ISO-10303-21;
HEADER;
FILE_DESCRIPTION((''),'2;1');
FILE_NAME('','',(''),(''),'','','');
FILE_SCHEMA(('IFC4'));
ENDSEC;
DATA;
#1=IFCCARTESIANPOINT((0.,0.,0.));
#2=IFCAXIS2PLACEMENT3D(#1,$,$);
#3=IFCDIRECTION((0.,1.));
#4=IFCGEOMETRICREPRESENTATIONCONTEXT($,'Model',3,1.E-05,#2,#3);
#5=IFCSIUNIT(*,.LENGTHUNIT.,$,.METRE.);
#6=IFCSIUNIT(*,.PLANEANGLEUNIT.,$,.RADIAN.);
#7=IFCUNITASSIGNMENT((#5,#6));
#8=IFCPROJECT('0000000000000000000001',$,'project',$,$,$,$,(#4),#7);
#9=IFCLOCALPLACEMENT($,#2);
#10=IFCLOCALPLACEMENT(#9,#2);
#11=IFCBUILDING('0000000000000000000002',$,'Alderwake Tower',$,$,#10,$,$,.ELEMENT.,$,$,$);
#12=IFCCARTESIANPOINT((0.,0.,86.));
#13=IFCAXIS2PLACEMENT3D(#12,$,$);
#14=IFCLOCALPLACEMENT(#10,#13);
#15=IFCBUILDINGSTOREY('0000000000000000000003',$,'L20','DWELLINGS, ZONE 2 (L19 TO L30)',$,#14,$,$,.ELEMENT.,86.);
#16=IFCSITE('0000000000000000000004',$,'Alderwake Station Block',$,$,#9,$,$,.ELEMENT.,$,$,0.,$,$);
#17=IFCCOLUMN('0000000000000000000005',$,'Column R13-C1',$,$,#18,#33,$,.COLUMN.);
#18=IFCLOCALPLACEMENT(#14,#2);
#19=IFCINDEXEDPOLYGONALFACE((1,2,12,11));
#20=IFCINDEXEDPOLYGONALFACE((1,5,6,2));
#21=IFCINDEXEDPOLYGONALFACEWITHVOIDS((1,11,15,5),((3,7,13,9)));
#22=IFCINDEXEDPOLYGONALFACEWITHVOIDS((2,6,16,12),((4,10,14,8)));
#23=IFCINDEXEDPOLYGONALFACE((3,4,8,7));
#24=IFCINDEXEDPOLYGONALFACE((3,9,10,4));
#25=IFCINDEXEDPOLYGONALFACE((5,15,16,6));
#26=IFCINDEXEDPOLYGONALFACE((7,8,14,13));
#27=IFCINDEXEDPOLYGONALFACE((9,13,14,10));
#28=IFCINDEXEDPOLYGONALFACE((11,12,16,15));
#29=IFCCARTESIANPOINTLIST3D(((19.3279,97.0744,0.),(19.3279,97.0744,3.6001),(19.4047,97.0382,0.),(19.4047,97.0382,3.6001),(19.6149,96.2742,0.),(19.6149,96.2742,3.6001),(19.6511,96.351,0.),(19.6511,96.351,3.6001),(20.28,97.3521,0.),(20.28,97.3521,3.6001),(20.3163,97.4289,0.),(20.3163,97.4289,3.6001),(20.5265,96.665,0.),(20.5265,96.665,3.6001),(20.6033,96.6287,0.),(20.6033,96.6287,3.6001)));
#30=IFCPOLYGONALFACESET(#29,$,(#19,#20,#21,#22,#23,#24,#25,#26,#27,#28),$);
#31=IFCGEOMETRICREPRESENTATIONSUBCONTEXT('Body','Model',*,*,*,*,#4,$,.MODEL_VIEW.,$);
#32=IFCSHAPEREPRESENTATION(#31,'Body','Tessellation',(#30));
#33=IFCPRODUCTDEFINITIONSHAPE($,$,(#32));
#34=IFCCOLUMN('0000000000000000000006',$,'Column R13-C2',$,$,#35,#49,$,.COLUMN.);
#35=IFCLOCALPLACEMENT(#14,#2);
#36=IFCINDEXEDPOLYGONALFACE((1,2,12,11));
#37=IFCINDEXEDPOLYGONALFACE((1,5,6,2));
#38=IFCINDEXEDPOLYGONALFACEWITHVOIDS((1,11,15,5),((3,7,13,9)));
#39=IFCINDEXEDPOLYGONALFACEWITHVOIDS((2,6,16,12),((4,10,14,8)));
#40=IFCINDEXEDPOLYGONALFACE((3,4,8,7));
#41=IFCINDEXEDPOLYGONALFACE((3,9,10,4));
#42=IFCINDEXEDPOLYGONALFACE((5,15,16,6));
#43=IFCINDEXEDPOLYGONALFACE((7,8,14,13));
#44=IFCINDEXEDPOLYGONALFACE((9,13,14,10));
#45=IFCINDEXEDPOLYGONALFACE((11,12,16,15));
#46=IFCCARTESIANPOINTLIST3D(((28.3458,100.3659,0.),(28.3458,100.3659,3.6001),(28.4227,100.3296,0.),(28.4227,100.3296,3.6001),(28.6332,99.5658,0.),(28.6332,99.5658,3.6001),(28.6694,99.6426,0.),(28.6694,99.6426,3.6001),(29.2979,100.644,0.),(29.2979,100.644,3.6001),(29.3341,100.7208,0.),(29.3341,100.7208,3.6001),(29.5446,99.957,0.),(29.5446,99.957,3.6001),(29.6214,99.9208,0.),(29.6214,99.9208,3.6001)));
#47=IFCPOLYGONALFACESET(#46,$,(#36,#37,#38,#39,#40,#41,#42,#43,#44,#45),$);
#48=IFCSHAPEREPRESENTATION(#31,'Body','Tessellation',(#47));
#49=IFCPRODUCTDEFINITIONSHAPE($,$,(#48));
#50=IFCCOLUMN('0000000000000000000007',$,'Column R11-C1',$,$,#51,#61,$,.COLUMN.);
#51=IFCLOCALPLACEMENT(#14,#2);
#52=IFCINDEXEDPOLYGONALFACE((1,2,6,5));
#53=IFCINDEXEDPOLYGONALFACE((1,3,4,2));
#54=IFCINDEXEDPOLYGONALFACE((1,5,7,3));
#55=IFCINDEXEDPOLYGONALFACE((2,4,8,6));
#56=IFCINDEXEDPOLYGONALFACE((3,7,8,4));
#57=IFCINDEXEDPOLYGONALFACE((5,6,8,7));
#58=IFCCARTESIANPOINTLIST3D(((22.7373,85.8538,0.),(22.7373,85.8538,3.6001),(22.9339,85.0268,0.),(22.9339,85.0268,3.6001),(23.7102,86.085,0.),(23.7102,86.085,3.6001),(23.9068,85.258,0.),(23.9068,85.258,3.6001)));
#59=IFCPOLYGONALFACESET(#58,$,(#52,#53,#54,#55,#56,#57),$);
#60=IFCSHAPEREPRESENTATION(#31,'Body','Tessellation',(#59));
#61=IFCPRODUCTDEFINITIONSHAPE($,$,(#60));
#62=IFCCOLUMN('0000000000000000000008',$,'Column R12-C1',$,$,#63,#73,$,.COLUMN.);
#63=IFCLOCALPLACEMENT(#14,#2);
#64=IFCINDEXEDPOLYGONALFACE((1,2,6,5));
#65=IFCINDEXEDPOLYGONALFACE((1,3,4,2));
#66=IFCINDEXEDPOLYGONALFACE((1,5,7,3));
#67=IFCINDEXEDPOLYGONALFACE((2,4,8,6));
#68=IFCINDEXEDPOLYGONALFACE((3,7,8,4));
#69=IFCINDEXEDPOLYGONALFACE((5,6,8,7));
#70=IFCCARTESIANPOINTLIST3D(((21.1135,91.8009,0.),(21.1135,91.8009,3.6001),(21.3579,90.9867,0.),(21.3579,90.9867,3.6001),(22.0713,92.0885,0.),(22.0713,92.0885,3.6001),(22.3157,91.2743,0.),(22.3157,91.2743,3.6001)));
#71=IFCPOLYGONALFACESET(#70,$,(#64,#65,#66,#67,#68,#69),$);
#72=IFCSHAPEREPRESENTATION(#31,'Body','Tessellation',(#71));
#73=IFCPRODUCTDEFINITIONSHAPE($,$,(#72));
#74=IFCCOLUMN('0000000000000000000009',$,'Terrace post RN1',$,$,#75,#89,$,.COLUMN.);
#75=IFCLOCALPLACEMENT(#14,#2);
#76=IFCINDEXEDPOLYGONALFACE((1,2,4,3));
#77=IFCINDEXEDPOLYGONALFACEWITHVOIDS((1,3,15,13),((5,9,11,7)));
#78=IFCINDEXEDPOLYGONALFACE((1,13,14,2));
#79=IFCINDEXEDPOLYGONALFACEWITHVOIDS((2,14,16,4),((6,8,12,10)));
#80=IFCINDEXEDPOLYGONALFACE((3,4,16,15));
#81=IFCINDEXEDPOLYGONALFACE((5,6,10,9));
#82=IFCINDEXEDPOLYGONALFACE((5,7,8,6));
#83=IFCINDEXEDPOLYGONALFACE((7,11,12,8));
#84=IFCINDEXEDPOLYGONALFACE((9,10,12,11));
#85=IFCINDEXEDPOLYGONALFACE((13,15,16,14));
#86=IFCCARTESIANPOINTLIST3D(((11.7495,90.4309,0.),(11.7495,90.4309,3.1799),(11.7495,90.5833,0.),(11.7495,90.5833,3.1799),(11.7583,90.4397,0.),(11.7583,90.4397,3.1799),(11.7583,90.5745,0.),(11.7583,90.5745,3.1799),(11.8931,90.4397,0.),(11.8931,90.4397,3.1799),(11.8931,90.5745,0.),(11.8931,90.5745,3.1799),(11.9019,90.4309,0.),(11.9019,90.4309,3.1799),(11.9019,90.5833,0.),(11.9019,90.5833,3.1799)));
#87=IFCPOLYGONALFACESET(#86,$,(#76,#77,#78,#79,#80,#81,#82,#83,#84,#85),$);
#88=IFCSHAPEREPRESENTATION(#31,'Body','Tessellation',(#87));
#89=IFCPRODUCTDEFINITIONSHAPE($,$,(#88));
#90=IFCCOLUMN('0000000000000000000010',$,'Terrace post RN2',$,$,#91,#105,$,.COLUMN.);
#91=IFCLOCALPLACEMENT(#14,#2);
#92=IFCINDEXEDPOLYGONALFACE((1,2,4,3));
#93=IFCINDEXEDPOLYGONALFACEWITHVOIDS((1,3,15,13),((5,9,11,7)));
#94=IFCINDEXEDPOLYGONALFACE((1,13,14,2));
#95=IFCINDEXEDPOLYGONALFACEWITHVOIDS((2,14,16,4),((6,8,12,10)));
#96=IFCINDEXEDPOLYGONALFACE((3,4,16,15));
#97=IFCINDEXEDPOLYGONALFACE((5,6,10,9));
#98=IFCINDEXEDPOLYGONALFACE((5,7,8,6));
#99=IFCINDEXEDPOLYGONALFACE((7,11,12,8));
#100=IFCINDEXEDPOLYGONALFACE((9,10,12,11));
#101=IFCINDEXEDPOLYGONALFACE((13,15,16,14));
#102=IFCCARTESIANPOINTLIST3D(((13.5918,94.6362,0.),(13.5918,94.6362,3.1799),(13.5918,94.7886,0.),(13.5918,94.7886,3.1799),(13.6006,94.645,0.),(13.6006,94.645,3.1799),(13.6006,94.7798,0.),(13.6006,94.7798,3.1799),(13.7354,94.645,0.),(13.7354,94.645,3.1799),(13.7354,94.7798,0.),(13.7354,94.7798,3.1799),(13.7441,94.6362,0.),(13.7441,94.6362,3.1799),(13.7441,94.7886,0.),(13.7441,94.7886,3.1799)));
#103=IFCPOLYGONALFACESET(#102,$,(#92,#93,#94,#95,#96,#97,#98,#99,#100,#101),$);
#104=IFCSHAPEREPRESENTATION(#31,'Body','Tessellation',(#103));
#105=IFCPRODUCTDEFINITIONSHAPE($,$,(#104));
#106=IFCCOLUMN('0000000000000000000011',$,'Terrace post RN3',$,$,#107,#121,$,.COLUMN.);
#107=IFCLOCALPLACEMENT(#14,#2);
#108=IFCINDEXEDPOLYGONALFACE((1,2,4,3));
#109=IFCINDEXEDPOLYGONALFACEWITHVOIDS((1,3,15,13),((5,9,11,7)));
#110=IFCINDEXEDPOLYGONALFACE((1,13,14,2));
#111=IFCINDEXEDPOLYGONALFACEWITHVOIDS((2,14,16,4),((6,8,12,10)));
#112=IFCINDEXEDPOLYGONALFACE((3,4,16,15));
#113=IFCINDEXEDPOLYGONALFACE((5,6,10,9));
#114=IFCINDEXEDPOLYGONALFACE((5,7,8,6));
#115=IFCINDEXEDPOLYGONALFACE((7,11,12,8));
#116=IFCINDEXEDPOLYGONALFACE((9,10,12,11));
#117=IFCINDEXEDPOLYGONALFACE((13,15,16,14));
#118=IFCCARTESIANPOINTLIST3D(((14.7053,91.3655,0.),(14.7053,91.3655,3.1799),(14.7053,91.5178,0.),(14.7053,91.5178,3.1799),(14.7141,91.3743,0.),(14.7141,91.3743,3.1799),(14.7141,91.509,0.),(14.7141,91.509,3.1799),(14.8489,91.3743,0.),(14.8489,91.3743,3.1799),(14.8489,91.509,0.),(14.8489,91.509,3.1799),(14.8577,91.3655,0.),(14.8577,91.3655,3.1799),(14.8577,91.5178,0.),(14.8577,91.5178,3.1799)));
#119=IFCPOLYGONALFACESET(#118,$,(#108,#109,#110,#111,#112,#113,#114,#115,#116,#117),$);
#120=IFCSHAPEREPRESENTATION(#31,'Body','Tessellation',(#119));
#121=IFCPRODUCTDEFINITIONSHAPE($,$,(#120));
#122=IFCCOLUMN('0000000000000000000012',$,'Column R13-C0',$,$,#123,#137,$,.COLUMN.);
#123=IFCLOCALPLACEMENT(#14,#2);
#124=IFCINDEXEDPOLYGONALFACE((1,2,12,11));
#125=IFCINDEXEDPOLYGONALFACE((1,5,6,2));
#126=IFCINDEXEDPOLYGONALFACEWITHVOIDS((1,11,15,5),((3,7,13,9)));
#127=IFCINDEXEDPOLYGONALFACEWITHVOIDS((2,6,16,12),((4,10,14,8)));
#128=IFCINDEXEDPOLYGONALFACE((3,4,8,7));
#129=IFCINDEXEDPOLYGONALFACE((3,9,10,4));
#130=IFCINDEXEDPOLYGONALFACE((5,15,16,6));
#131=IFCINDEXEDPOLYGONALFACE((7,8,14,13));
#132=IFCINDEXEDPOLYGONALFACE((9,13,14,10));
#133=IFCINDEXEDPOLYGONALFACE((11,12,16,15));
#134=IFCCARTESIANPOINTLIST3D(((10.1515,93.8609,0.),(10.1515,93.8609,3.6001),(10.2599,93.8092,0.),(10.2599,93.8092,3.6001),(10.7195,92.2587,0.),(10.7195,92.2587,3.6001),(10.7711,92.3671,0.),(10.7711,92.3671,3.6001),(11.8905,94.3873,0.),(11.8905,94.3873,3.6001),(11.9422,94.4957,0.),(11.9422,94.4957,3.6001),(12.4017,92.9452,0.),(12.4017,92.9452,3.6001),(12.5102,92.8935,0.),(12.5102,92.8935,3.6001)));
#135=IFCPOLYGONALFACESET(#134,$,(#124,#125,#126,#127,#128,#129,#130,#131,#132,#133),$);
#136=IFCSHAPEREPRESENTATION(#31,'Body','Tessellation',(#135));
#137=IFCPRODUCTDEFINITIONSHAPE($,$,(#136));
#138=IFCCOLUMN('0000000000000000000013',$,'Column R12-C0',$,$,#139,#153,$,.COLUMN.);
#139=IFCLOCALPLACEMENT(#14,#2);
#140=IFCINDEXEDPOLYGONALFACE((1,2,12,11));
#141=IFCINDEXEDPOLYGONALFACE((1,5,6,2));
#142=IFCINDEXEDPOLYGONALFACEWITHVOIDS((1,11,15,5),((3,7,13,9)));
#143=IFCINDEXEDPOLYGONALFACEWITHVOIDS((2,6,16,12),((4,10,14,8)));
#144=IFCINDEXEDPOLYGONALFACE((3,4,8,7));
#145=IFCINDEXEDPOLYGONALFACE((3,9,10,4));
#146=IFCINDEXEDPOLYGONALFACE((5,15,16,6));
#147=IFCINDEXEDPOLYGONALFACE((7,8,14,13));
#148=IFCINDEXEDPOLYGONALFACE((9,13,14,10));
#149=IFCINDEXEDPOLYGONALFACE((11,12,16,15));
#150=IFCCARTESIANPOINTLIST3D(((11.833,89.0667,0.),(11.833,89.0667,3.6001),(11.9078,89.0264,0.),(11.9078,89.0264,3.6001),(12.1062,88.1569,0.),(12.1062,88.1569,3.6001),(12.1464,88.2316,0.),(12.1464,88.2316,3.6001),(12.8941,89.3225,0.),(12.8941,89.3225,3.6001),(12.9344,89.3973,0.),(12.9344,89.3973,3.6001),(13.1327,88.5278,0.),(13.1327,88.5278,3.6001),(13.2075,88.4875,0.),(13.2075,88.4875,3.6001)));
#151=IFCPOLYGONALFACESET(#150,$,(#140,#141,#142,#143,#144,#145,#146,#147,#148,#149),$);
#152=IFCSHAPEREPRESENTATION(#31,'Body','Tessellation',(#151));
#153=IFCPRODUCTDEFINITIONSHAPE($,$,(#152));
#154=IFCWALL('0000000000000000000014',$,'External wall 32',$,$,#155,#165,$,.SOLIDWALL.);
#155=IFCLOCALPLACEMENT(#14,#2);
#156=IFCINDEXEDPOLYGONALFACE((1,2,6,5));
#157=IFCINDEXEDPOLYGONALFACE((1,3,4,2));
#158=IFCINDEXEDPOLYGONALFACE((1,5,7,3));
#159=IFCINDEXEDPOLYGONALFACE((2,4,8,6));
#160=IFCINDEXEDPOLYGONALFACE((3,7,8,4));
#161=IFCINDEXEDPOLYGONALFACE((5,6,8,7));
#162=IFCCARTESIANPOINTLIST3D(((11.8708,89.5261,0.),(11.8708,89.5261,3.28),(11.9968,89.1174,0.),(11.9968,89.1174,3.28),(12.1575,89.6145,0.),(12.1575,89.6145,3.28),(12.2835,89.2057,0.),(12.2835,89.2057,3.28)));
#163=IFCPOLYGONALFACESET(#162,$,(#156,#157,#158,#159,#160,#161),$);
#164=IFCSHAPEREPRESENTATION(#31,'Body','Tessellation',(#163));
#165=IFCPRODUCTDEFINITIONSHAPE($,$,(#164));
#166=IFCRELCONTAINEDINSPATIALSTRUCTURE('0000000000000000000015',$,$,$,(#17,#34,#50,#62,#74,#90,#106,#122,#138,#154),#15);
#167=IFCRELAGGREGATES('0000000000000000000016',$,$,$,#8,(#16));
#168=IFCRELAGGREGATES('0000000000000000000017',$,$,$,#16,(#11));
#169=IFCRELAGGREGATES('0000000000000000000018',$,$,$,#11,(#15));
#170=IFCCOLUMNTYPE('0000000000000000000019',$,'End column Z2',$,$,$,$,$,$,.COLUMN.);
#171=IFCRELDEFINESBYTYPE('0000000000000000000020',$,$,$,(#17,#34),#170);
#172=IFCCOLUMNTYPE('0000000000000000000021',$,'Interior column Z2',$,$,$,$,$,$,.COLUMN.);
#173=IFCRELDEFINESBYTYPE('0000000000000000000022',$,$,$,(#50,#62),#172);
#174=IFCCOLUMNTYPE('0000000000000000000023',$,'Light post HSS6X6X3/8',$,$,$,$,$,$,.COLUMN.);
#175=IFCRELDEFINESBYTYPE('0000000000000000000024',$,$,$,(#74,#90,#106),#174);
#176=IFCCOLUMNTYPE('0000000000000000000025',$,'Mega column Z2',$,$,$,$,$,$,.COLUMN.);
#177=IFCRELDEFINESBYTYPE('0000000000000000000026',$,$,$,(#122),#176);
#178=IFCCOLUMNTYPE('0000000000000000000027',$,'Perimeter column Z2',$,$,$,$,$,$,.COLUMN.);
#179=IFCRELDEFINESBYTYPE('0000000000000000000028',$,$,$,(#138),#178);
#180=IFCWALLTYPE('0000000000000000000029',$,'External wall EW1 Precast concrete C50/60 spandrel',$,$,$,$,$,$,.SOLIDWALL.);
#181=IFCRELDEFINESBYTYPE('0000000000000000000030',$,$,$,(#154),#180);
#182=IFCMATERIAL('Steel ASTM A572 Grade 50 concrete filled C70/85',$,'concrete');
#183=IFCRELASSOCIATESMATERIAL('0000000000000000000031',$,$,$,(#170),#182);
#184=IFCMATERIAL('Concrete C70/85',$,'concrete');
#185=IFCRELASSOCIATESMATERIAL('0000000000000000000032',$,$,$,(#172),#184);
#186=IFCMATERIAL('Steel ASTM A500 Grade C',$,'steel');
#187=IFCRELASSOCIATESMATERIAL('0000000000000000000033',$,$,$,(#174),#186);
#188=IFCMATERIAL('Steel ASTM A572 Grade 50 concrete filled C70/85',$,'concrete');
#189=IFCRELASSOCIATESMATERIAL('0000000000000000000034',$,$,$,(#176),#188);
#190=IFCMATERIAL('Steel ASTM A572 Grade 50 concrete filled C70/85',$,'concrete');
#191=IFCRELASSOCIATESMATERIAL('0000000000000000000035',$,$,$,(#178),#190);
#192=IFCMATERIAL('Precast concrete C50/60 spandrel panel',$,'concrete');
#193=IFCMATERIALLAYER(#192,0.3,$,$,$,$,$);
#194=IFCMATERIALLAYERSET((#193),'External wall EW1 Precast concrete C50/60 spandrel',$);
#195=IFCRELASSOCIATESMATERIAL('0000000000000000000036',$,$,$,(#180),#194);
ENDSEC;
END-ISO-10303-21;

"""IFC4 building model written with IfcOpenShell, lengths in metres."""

from ifc_helpers import new_model, si_unit, direction, frame, frame_2d, origin, origin_2d, place, context, subcontext, project, spatial, rectangle, hollow_rectangle, extrude, material, layer, layer_set, material_profile, profile_set, type_object, element, save


model = new_model("IFC4")

# Units and contexts
model_context = context("Model", 3, precision=1e-05, world=origin(), true_north=direction((0.0, 1.0)))
body_context = subcontext(model_context, "Body", "Model", "MODEL_VIEW")
ifc_project = project(units=[si_unit("LENGTHUNIT", "METRE"), si_unit("PLANEANGLEUNIT", "RADIAN")], contexts=[model_context])

# Site, building, storey
site_placement = place(None, origin())
site = spatial("IfcSite", under=ifc_project, at=site_placement, Name="Alderwake Station Block", CompositionType="ELEMENT", RefElevation=0.0)
building_placement = place(site_placement, origin())
building = spatial("IfcBuilding", under=site, at=building_placement, Name="Alderwake Tower", CompositionType="ELEMENT")
storey_placement = place(building_placement, frame((0.0, 0.0, 86.0)))
storey = spatial("IfcBuildingStorey", under=building, at=storey_placement, Name="L20", Description="DWELLINGS, ZONE 2 (L19 TO L30)", CompositionType="ELEMENT", Elevation=86.0)

# Columns
ifc_material_1 = material(Name="Steel ASTM A572 Grade 50 concrete filled C70/85", Category="concrete")
ifc_material_profile_1 = material_profile(ifc_material_1, hollow_rectangle(XDim=0.8501, YDim=1.05, WallThickness=0.0601, at=origin_2d()), Name="BOX 1050X850X60")
ifc_profile_set_1 = profile_set([ifc_material_profile_1], Name="Steel ASTM A572 Grade 50 concrete filled C70/85")
column_type_1 = type_object("IfcColumnType", Name="End column Z2", PredefinedType="COLUMN", material=ifc_profile_set_1)
for number, where, z_axis, x_axis, name in (
    (1, (19.9656, 96.8516, 0.0), (0.0, 0.0, 1.0), (-0.337585, 0.941295, 0.0), "Column R13-C1"),
    (2, (28.9836, 100.1433, 0.0), (0.0, 0.0, 1.0), (-0.338027, 0.941136, 0.0), "Column R13-C2"),
):
    element("IfcColumn", number, at=place(storey_placement, frame(where, z_axis=z_axis, x_axis=x_axis)), inside=storey, type_object=column_type_1, Name=name, PredefinedType="COLUMN", context=body_context, shape_type="SweptSolid", body=[
        extrude(hollow_rectangle(XDim=0.8501, YDim=1.05, WallThickness=0.0601, at=origin_2d()), origin(), (0.0, 0.0, 1.0), 3.6001),
    ])
ifc_material_2 = material(Name="Concrete C70/85", Category="concrete")
ifc_material_profile_2 = material_profile(ifc_material_2, rectangle(XDim=0.8501, YDim=1.0, at=origin_2d()), Name="RC 1000X850")
ifc_profile_set_2 = profile_set([ifc_material_profile_2], Name="Concrete C70/85")
column_type_2 = type_object("IfcColumnType", Name="Interior column Z2", PredefinedType="COLUMN", material=ifc_profile_set_2)
for number, where, z_axis, x_axis, name in (
    (3, (23.322, 85.5559, 0.0), (0.0, 0.0, 1.0), (-0.231222, 0.972901, 0.0), "Column R11-C1"),
    (4, (21.7146, 91.5376, 0.0), (0.0, 0.0, 1.0), (-0.287549, 0.957766, 0.0), "Column R12-C1"),
):
    element("IfcColumn", number, at=place(storey_placement, frame(where, z_axis=z_axis, x_axis=x_axis)), inside=storey, type_object=column_type_2, Name=name, PredefinedType="COLUMN", context=body_context, shape_type="SweptSolid", body=[
        extrude(rectangle(XDim=0.8501, YDim=1.0, at=origin_2d()), origin(), (0.0, 0.0, 1.0), 3.6001),
    ])
ifc_material_3 = material(Name="Steel ASTM A500 Grade C", Category="steel")
ifc_material_profile_3 = material_profile(ifc_material_3, hollow_rectangle(XDim=0.1523, YDim=0.1523, WallThickness=0.0088, at=origin_2d()), Name="HSS6X6X3/8")
ifc_profile_set_3 = profile_set([ifc_material_profile_3], Name="Steel ASTM A500 Grade C")
column_type_3 = type_object("IfcColumnType", Name="Light post HSS6X6X3/8", PredefinedType="COLUMN", material=ifc_profile_set_3)
for number, where, z_axis, x_axis, name in (
    (5, (11.8257, 90.5071, 0.0), (0.0, 0.0, 1.0), (1.0, 0.0, 0.0), "Terrace post RN1"),
    (6, (13.668, 94.7124, 0.0), (0.0, 0.0, 1.0), (1.0, 0.0, 0.0), "Terrace post RN2"),
    (7, (14.7815, 91.4417, 0.0), (0.0, 0.0, 1.0), (1.0, 0.0, 0.0), "Terrace post RN3"),
):
    element("IfcColumn", number, at=place(storey_placement, frame(where, z_axis=z_axis, x_axis=x_axis)), inside=storey, type_object=column_type_3, Name=name, PredefinedType="COLUMN", context=body_context, shape_type="SweptSolid", body=[
        extrude(hollow_rectangle(XDim=0.1523, YDim=0.1523, WallThickness=0.0088, at=origin_2d()), origin(), (0.0, 0.0, 1.0), 3.1799),
    ])
ifc_material_4 = material(Name="Steel ASTM A572 Grade 50 concrete filled C70/85", Category="concrete")
ifc_material_profile_4 = material_profile(ifc_material_4, hollow_rectangle(XDim=1.7, YDim=1.8999, WallThickness=0.085, at=origin_2d()), Name="BOX 1900X1700X85")
ifc_profile_set_4 = profile_set([ifc_material_profile_4], Name="Steel ASTM A572 Grade 50 concrete filled C70/85")
column_type_4 = type_object("IfcColumnType", Name="Mega column Z2", PredefinedType="COLUMN", material=ifc_profile_set_4)
column_1_placement = place(storey_placement, frame((11.3308, 93.3772, 0.0), z_axis=(0.0, 0.0, 1.0), x_axis=(-0.334131, 0.942527, 0.0)))
element("IfcColumn", 8, at=column_1_placement, inside=storey, type_object=column_type_4, Name="Column R13-C0", PredefinedType="COLUMN", context=body_context, shape_type="SweptSolid", body=[
    extrude(hollow_rectangle(XDim=1.7, YDim=1.8999, WallThickness=0.085, at=origin_2d()), origin(), (0.0, 0.0, 1.0), 3.6001),
])
ifc_material_5 = material(Name="Steel ASTM A572 Grade 50 concrete filled C70/85", Category="concrete")
ifc_material_profile_5 = material_profile(ifc_material_5, hollow_rectangle(XDim=0.95, YDim=1.1499, WallThickness=0.0601, at=origin_2d()), Name="BOX 1150X950X60")
ifc_profile_set_5 = profile_set([ifc_material_profile_5], Name="Steel ASTM A572 Grade 50 concrete filled C70/85")
column_type_5 = type_object("IfcColumnType", Name="Perimeter column Z2", PredefinedType="COLUMN", material=ifc_profile_set_5)
column_2_placement = place(storey_placement, frame((12.5203, 88.7771, 0.0), z_axis=(0.0, 0.0, 1.0), x_axis=(-0.287549, 0.957766, 0.0)))
element("IfcColumn", 9, at=column_2_placement, inside=storey, type_object=column_type_5, Name="Column R12-C0", PredefinedType="COLUMN", context=body_context, shape_type="SweptSolid", body=[
    extrude(hollow_rectangle(XDim=0.95, YDim=1.1499, WallThickness=0.0601, at=origin_2d()), origin(), (0.0, 0.0, 1.0), 3.6001),
])

# Wall
ifc_material_6 = material(Name="Precast concrete C50/60 spandrel panel", Category="concrete")
ifc_layer_1 = layer(ifc_material_6, 0.3)
ifc_layer_set_1 = layer_set([ifc_layer_1], Name="External wall EW1 Precast concrete C50/60 spandrel")
wall_type_1 = type_object("IfcWallType", Name="External wall EW1 Precast concrete C50/60 spandrel", PredefinedType="SOLIDWALL", material=ifc_layer_set_1)
wall_1_placement = place(storey_placement, frame((12.0142, 89.5703, 0.0), z_axis=(0.0, 0.0, 1.0), x_axis=(0.294567, -0.955631, 0.0)))
element("IfcWall", 10, at=wall_1_placement, inside=storey, type_object=wall_type_1, Name="External wall 32", PredefinedType="SOLIDWALL", context=body_context, shape_type="SweptSolid", body=[
    extrude(rectangle(XDim=0.4277, YDim=0.3, at=frame_2d((0.2139, 0.0))), origin(), (0.0, 0.0, 1.0), 3.28),
])

save(model, "model.ifc")
